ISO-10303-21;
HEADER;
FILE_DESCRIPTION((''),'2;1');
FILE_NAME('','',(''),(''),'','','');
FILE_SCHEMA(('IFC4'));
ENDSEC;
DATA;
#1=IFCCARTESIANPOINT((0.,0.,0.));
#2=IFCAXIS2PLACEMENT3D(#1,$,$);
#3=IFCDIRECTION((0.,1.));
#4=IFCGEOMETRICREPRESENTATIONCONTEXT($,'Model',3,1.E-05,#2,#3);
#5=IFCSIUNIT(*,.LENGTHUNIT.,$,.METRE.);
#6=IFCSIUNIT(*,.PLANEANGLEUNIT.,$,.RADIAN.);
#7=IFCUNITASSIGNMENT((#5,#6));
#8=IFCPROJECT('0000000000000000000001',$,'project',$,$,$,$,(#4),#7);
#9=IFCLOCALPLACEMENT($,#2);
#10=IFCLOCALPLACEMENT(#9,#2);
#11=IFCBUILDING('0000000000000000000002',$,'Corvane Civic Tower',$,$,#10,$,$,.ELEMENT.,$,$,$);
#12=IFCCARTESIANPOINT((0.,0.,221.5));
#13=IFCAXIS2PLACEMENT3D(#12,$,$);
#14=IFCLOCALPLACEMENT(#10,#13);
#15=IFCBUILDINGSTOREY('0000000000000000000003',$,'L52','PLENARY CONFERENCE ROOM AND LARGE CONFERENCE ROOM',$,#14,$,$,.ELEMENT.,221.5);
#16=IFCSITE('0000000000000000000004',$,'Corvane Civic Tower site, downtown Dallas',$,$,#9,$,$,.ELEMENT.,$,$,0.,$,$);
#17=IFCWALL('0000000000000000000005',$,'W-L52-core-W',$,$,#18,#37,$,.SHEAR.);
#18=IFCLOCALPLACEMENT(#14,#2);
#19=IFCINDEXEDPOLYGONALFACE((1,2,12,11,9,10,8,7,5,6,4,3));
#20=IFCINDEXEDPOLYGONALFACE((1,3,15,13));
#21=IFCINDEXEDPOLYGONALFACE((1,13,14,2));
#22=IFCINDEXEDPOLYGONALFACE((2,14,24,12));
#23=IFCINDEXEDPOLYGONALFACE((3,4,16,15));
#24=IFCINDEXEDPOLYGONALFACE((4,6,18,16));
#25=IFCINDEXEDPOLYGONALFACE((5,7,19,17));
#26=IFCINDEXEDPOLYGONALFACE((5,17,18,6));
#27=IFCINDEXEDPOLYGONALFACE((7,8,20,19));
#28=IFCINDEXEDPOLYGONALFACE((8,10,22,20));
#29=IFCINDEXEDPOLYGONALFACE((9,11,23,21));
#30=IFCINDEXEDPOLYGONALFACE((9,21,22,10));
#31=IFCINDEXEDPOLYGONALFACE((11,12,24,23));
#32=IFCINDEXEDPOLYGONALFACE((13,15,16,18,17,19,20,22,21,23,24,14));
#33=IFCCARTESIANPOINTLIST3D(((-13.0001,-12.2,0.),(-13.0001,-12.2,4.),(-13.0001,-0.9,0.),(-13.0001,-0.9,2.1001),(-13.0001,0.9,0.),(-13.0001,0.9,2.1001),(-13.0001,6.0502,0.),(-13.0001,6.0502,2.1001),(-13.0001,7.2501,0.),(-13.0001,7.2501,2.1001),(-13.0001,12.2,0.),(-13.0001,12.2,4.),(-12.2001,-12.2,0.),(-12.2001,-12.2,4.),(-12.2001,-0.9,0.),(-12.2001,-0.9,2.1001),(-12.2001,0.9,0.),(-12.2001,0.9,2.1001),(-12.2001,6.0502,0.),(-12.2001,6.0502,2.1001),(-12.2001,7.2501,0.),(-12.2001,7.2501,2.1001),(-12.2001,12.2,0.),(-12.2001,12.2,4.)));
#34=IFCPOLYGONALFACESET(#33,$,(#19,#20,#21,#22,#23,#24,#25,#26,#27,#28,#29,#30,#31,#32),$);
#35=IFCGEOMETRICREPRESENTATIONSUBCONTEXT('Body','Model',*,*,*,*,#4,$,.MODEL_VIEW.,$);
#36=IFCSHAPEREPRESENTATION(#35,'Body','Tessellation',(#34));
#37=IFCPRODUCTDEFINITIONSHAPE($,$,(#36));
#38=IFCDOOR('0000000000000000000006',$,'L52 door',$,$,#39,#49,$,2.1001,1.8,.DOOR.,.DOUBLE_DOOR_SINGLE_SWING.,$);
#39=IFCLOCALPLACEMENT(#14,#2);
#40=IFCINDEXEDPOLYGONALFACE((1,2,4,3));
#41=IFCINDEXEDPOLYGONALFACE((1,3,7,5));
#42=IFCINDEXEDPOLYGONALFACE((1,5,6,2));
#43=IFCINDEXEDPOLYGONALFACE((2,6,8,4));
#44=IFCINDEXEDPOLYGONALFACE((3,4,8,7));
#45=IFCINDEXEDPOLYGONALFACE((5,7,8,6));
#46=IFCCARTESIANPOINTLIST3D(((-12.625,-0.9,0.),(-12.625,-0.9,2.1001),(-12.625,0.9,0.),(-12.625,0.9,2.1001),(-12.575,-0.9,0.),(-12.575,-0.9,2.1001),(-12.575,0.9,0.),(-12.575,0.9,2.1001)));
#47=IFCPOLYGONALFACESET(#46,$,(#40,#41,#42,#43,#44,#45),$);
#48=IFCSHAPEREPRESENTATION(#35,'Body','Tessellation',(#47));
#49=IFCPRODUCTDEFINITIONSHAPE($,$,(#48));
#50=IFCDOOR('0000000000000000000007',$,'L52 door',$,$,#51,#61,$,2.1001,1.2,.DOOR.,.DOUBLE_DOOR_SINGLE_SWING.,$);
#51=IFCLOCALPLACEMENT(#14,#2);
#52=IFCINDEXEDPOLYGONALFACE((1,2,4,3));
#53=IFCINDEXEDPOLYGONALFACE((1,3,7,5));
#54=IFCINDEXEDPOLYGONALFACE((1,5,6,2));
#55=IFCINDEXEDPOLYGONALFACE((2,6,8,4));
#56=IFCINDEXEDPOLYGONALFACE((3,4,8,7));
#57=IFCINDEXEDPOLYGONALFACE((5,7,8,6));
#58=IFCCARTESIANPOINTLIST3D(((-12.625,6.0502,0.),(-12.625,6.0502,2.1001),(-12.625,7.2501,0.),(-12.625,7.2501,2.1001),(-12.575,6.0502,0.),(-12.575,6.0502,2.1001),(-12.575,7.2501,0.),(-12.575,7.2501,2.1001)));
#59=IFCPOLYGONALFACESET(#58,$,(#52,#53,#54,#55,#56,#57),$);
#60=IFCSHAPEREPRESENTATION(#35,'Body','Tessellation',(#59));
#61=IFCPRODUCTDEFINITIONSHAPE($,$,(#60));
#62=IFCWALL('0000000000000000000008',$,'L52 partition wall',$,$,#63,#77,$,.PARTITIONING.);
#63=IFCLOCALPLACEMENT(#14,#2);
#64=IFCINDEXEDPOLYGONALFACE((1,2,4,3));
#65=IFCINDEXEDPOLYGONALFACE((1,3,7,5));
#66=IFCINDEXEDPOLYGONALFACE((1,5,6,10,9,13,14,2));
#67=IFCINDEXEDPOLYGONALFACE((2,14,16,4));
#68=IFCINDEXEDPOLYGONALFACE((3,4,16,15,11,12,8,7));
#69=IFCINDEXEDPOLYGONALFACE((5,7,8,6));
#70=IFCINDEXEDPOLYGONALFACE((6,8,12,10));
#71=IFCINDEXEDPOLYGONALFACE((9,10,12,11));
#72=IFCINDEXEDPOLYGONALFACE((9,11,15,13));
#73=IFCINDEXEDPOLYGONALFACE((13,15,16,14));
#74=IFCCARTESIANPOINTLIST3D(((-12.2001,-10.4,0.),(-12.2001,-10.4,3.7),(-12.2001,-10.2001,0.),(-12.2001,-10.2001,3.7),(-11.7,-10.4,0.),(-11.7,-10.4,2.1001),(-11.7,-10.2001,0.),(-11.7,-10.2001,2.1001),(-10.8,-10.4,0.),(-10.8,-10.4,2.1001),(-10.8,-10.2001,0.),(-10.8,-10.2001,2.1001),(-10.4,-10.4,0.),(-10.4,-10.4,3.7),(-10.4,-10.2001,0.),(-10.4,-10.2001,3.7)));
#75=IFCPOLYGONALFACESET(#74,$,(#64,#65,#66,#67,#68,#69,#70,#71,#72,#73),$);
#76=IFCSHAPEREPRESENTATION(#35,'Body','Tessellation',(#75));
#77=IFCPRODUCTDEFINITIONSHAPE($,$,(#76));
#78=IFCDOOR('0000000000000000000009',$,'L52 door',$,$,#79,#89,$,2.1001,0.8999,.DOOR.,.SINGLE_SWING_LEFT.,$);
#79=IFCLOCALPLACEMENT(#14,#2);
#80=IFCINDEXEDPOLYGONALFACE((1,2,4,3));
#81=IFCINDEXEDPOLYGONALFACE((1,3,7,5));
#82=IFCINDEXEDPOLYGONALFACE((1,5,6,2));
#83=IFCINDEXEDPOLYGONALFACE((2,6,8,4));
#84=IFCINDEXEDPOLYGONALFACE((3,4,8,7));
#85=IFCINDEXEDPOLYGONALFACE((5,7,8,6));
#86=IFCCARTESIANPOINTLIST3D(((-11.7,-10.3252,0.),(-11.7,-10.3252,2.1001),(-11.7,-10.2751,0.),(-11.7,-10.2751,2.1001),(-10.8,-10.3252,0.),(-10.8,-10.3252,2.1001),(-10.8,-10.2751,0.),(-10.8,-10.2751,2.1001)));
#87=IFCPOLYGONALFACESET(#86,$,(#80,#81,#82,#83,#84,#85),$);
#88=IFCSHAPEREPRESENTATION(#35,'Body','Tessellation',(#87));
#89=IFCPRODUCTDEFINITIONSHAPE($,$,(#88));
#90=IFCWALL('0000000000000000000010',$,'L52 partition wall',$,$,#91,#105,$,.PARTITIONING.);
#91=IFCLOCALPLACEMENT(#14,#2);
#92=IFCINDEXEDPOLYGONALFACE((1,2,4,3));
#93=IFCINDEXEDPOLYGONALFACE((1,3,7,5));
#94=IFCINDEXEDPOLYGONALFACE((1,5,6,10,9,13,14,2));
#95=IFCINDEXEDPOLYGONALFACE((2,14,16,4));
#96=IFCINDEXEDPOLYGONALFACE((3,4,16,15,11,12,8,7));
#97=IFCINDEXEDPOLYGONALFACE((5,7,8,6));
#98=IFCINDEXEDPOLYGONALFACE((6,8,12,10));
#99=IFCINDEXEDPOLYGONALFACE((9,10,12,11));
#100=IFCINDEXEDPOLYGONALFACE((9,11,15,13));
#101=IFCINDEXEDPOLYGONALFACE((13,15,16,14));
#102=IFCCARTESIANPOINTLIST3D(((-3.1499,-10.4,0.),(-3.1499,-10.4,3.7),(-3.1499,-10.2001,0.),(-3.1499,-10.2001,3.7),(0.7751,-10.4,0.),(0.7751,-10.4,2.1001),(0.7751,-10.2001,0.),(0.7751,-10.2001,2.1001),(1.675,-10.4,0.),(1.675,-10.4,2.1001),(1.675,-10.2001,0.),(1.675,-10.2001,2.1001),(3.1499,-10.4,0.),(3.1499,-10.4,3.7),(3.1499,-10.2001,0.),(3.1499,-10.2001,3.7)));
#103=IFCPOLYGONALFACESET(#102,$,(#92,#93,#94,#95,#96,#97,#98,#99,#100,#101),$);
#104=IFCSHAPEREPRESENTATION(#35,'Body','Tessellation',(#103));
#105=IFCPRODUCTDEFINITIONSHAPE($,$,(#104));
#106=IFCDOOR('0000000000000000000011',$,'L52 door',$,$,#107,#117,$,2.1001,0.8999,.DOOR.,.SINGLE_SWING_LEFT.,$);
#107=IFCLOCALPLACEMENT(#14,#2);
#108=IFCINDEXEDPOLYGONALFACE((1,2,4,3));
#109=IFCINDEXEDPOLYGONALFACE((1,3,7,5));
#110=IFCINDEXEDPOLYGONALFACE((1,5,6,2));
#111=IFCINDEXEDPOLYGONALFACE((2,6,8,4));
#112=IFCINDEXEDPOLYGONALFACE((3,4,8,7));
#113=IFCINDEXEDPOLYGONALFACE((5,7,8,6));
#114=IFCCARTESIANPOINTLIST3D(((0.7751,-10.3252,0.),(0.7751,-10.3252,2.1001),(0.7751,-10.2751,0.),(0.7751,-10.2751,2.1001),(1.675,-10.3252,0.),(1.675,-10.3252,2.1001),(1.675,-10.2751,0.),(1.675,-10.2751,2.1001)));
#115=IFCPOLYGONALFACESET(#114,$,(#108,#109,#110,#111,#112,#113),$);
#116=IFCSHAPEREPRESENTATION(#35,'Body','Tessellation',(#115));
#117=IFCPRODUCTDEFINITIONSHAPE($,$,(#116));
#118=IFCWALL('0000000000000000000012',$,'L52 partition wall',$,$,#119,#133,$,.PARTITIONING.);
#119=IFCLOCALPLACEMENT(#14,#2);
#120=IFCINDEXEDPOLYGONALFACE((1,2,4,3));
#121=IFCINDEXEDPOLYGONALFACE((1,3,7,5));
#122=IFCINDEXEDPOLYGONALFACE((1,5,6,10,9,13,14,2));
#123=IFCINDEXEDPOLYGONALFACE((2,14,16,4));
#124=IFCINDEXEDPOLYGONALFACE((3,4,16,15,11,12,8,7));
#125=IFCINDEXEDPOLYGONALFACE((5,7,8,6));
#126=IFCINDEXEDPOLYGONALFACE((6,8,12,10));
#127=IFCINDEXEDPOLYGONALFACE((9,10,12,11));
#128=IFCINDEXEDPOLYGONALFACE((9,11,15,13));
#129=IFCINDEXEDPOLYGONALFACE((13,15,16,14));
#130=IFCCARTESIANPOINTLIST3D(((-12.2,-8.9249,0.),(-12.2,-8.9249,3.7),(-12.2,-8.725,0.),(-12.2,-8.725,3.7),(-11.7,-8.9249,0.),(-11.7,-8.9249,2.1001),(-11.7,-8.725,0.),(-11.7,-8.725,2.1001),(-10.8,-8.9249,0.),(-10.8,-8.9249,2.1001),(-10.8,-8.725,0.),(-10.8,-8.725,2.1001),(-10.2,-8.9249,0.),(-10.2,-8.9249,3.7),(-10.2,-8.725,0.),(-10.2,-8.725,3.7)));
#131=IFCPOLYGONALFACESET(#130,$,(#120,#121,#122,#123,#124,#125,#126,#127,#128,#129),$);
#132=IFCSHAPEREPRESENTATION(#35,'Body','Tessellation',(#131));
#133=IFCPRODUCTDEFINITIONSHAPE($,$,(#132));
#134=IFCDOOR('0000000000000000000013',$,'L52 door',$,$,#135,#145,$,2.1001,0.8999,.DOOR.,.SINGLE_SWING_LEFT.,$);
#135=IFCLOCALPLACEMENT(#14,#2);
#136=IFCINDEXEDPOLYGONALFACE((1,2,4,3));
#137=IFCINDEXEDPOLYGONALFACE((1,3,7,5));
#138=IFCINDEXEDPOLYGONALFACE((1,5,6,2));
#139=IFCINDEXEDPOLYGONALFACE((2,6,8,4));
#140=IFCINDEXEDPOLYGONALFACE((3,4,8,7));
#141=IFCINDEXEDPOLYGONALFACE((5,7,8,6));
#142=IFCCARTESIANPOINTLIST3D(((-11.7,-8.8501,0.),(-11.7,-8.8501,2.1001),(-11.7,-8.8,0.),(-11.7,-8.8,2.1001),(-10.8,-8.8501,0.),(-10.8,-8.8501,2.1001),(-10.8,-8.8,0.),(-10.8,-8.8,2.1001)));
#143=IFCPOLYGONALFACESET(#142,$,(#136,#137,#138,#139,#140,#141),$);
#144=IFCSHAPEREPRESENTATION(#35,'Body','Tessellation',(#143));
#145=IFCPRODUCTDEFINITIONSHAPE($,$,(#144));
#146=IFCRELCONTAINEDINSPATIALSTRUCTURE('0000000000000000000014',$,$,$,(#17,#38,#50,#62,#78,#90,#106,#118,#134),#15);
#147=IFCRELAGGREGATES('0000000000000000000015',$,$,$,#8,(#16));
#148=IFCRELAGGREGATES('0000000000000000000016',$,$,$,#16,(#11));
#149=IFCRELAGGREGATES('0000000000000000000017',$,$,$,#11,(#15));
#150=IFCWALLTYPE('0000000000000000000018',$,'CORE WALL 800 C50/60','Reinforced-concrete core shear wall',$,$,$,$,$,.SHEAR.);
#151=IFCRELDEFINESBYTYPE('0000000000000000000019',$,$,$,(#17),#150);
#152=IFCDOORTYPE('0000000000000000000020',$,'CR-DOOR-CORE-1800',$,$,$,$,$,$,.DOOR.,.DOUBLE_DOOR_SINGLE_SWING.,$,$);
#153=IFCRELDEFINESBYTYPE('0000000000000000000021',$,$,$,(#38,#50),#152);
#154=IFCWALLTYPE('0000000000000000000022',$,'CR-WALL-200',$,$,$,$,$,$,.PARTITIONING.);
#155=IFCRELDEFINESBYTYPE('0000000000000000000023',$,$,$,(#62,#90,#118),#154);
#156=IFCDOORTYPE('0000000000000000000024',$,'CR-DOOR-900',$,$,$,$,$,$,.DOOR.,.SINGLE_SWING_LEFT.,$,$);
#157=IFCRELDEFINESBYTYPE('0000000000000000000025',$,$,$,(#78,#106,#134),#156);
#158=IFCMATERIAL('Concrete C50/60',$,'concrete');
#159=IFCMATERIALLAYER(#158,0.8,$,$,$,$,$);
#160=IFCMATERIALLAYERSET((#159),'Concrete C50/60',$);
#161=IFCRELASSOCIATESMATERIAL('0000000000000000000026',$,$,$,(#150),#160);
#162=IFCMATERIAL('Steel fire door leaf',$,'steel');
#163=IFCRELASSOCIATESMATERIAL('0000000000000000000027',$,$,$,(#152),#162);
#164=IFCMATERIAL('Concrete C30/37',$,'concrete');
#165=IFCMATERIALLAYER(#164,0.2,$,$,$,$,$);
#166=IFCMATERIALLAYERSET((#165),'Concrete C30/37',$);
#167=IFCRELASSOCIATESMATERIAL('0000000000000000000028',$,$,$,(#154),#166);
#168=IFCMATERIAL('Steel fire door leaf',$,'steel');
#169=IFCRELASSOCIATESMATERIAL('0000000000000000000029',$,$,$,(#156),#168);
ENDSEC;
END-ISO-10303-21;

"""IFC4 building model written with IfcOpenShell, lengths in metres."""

from ifc_helpers import new_model, si_unit, direction, frame, frame_2d, origin, place, context, subcontext, project, spatial, rectangle, extrude, material, layer, layer_set, type_object, element, fill, save


model = new_model("IFC4")

# Units and contexts
model_context = context("Model", 3, precision=1e-05, world=origin(), true_north=direction((0.0, 1.0)))
body_context = subcontext(model_context, "Body", "Model", "MODEL_VIEW")
ifc_project = project(units=[si_unit("LENGTHUNIT", "METRE"), si_unit("PLANEANGLEUNIT", "RADIAN")], contexts=[model_context])

# Site, building, storey
site_placement = place(None, origin())
site = spatial("IfcSite", under=ifc_project, at=site_placement, Name="Corvane Civic Tower site, downtown Dallas", CompositionType="ELEMENT", RefElevation=0.0)
building_placement = place(site_placement, origin())
building = spatial("IfcBuilding", under=site, at=building_placement, Name="Corvane Civic Tower", CompositionType="ELEMENT")
storey_placement = place(building_placement, frame((0.0, 0.0, 221.5)))
storey = spatial("IfcBuildingStorey", under=building, at=storey_placement, Name="L52", Description="PLENARY CONFERENCE ROOM AND LARGE CONFERENCE ROOM", CompositionType="ELEMENT", Elevation=221.5)

# Wall, openings, doors
ifc_material_1 = material(Name="Concrete C50/60", Category="concrete")
ifc_layer_1 = layer(ifc_material_1, 0.8)
ifc_layer_set_1 = layer_set([ifc_layer_1], Name="Concrete C50/60")
wall_type_1 = type_object("IfcWallType", Name="CORE WALL 800 C50/60", Description="Reinforced-concrete core shear wall", PredefinedType="SHEAR", material=ifc_layer_set_1)
wall_1_placement = place(storey_placement, frame((-12.6001, -12.2, 0.0), z_axis=(0.0, 0.0, 1.0), x_axis=(0.0, 1.0, 0.0)))
wall_1 = element("IfcWall", 1, at=wall_1_placement, inside=storey, type_object=wall_type_1, Name="W-L52-core-W", PredefinedType="SHEAR", context=body_context, shape_type="SweptSolid", body=[
    extrude(rectangle(XDim=24.3999, YDim=0.8, at=frame_2d((12.2, 0.0))), origin(), (0.0, 0.0, 1.0), 4.0),
])
opening_1_placement = place(wall_1_placement, frame((11.3, 0.0, 0.0)))
opening_1 = element("IfcOpeningElement", 2, at=opening_1_placement, cuts=wall_1, PredefinedType="OPENING", context=body_context, shape_type="SweptSolid", body=[
    extrude(rectangle(XDim=1.8, YDim=2.1001, at=frame_2d((0.8999, 1.05))), frame((0.0, 0.4099, 0.0), z_axis=(0.0, -1.0, 0.0), x_axis=(1.0, 0.0, 0.0)), (0.0, 0.0, 1.0), 0.8201),
])
opening_2_placement = place(wall_1_placement, frame((18.25, 0.0, 0.0)))
opening_2 = element("IfcOpeningElement", 3, at=opening_2_placement, cuts=wall_1, PredefinedType="OPENING", context=body_context, shape_type="SweptSolid", body=[
    extrude(rectangle(XDim=1.2, YDim=2.1001, at=frame_2d((0.6001, 1.05))), frame((0.0, 0.4099, 0.0), z_axis=(0.0, -1.0, 0.0), x_axis=(1.0, 0.0, 0.0)), (0.0, 0.0, 1.0), 0.8201),
])
ifc_material_2 = material(Name="Steel fire door leaf", Category="steel")
door_type_1 = type_object("IfcDoorType", Name="CR-DOOR-CORE-1800", OperationType="DOUBLE_DOOR_SINGLE_SWING", PredefinedType="DOOR", material=ifc_material_2)
door_1_placement = place(opening_1_placement, origin())
door_1 = element("IfcDoor", 4, at=door_1_placement, inside=storey, type_object=door_type_1, Name="L52 door", OperationType="DOUBLE_DOOR_SINGLE_SWING", OverallHeight=2.1001, OverallWidth=1.8, PredefinedType="DOOR", context=body_context, shape_type="SweptSolid", body=[
    extrude(rectangle(XDim=1.8, YDim=2.1001, at=frame_2d((0.8999, 1.05))), frame((0.0, 0.0249, 0.0), z_axis=(0.0, -1.0, 0.0), x_axis=(1.0, 0.0, 0.0)), (0.0, 0.0, 1.0), 0.05),
])
fill(opening_1, door_1)
door_2_placement = place(opening_2_placement, origin())
door_2 = element("IfcDoor", 5, at=door_2_placement, inside=storey, type_object=door_type_1, Name="L52 door", OperationType="DOUBLE_DOOR_SINGLE_SWING", OverallHeight=2.1001, OverallWidth=1.2, PredefinedType="DOOR", context=body_context, shape_type="SweptSolid", body=[
    extrude(rectangle(XDim=1.2, YDim=2.1001, at=frame_2d((0.6001, 1.05))), frame((0.0, 0.0249, 0.0), z_axis=(0.0, -1.0, 0.0), x_axis=(1.0, 0.0, 0.0)), (0.0, 0.0, 1.0), 0.05),
])
fill(opening_2, door_2)

# Walls, openings, doors
ifc_material_3 = material(Name="Concrete C30/37", Category="concrete")
ifc_layer_2 = layer(ifc_material_3, 0.2)
ifc_layer_set_2 = layer_set([ifc_layer_2], Name="Concrete C30/37")
wall_type_2 = type_object("IfcWallType", Name="CR-WALL-200", PredefinedType="PARTITIONING", material=ifc_layer_set_2)
wall_2_placement = place(storey_placement, frame((-12.2, -10.3, 0.0), z_axis=(0.0, 0.0, 1.0), x_axis=(1.0, 0.0, 0.0)))
wall_2 = element("IfcWall", 6, at=wall_2_placement, inside=storey, type_object=wall_type_2, Name="L52 partition wall", PredefinedType="PARTITIONING", context=body_context, shape_type="SweptSolid", body=[
    extrude(rectangle(XDim=1.8, YDim=0.2, at=frame_2d((0.8999, 0.0))), origin(), (0.0, 0.0, 1.0), 3.7),
])
opening_3_placement = place(wall_2_placement, frame((0.5, 0.0, 0.0)))
opening_3 = element("IfcOpeningElement", 7, at=opening_3_placement, cuts=wall_2, PredefinedType="OPENING", context=body_context, shape_type="SweptSolid", body=[
    extrude(rectangle(XDim=0.8999, YDim=2.1001, at=frame_2d((0.45, 1.05))), frame((0.0, 0.1099, 0.0), z_axis=(0.0, -1.0, 0.0), x_axis=(1.0, 0.0, 0.0)), (0.0, 0.0, 1.0), 0.22),
])
ifc_material_4 = material(Name="Steel fire door leaf", Category="steel")
door_type_2 = type_object("IfcDoorType", Name="CR-DOOR-900", OperationType="SINGLE_SWING_LEFT", PredefinedType="DOOR", material=ifc_material_4)
door_3_placement = place(opening_3_placement, origin())
door_3 = element("IfcDoor", 8, at=door_3_placement, inside=storey, type_object=door_type_2, Name="L52 door", OperationType="SINGLE_SWING_LEFT", OverallHeight=2.1001, OverallWidth=0.8999, PredefinedType="DOOR", context=body_context, shape_type="SweptSolid", body=[
    extrude(rectangle(XDim=0.8999, YDim=2.1001, at=frame_2d((0.45, 1.05))), frame((0.0, 0.0249, 0.0), z_axis=(0.0, -1.0, 0.0), x_axis=(1.0, 0.0, 0.0)), (0.0, 0.0, 1.0), 0.05),
])
fill(opening_3, door_3)
wall_3_placement = place(storey_placement, frame((-3.1499, -10.3, 0.0), z_axis=(0.0, 0.0, 1.0), x_axis=(1.0, 0.0, 0.0)))
wall_3 = element("IfcWall", 9, at=wall_3_placement, inside=storey, type_object=wall_type_2, Name="L52 partition wall", PredefinedType="PARTITIONING", context=body_context, shape_type="SweptSolid", body=[
    extrude(rectangle(XDim=6.2998, YDim=0.2, at=frame_2d((3.1499, 0.0))), origin(), (0.0, 0.0, 1.0), 3.7),
])
opening_4_placement = place(wall_3_placement, frame((3.925, 0.0, 0.0)))
opening_4 = element("IfcOpeningElement", 10, at=opening_4_placement, cuts=wall_3, PredefinedType="OPENING", context=body_context, shape_type="SweptSolid", body=[
    extrude(rectangle(XDim=0.8999, YDim=2.1001, at=frame_2d((0.45, 1.05))), frame((0.0, 0.1099, 0.0), z_axis=(0.0, -1.0, 0.0), x_axis=(1.0, 0.0, 0.0)), (0.0, 0.0, 1.0), 0.22),
])
door_4_placement = place(opening_4_placement, origin())
door_4 = element("IfcDoor", 11, at=door_4_placement, inside=storey, type_object=door_type_2, Name="L52 door", OperationType="SINGLE_SWING_LEFT", OverallHeight=2.1001, OverallWidth=0.8999, PredefinedType="DOOR", context=body_context, shape_type="SweptSolid", body=[
    extrude(rectangle(XDim=0.8999, YDim=2.1001, at=frame_2d((0.45, 1.05))), frame((0.0, 0.0249, 0.0), z_axis=(0.0, -1.0, 0.0), x_axis=(1.0, 0.0, 0.0)), (0.0, 0.0, 1.0), 0.05),
])
fill(opening_4, door_4)
wall_4_placement = place(storey_placement, frame((-12.2, -8.825, 0.0), z_axis=(0.0, 0.0, 1.0), x_axis=(1.0, 0.0, 0.0)))
wall_4 = element("IfcWall", 12, at=wall_4_placement, inside=storey, type_object=wall_type_2, Name="L52 partition wall", PredefinedType="PARTITIONING", context=body_context, shape_type="SweptSolid", body=[
    extrude(rectangle(XDim=2.0, YDim=0.2, at=frame_2d((1.0, 0.0))), origin(), (0.0, 0.0, 1.0), 3.7),
])
opening_5_placement = place(wall_4_placement, frame((0.5, 0.0, 0.0)))
opening_5 = element("IfcOpeningElement", 13, at=opening_5_placement, cuts=wall_4, PredefinedType="OPENING", context=body_context, shape_type="SweptSolid", body=[
    extrude(rectangle(XDim=0.8999, YDim=2.1001, at=frame_2d((0.45, 1.05))), frame((0.0, 0.1099, 0.0), z_axis=(0.0, -1.0, 0.0), x_axis=(1.0, 0.0, 0.0)), (0.0, 0.0, 1.0), 0.22),
])
door_5_placement = place(opening_5_placement, origin())
door_5 = element("IfcDoor", 14, at=door_5_placement, inside=storey, type_object=door_type_2, Name="L52 door", OperationType="SINGLE_SWING_LEFT", OverallHeight=2.1001, OverallWidth=0.8999, PredefinedType="DOOR", context=body_context, shape_type="SweptSolid", body=[
    extrude(rectangle(XDim=0.8999, YDim=2.1001, at=frame_2d((0.45, 1.05))), frame((0.0, 0.0249, 0.0), z_axis=(0.0, -1.0, 0.0), x_axis=(1.0, 0.0, 0.0)), (0.0, 0.0, 1.0), 0.05),
])
fill(opening_5, door_5)

save(model, "model.ifc")
